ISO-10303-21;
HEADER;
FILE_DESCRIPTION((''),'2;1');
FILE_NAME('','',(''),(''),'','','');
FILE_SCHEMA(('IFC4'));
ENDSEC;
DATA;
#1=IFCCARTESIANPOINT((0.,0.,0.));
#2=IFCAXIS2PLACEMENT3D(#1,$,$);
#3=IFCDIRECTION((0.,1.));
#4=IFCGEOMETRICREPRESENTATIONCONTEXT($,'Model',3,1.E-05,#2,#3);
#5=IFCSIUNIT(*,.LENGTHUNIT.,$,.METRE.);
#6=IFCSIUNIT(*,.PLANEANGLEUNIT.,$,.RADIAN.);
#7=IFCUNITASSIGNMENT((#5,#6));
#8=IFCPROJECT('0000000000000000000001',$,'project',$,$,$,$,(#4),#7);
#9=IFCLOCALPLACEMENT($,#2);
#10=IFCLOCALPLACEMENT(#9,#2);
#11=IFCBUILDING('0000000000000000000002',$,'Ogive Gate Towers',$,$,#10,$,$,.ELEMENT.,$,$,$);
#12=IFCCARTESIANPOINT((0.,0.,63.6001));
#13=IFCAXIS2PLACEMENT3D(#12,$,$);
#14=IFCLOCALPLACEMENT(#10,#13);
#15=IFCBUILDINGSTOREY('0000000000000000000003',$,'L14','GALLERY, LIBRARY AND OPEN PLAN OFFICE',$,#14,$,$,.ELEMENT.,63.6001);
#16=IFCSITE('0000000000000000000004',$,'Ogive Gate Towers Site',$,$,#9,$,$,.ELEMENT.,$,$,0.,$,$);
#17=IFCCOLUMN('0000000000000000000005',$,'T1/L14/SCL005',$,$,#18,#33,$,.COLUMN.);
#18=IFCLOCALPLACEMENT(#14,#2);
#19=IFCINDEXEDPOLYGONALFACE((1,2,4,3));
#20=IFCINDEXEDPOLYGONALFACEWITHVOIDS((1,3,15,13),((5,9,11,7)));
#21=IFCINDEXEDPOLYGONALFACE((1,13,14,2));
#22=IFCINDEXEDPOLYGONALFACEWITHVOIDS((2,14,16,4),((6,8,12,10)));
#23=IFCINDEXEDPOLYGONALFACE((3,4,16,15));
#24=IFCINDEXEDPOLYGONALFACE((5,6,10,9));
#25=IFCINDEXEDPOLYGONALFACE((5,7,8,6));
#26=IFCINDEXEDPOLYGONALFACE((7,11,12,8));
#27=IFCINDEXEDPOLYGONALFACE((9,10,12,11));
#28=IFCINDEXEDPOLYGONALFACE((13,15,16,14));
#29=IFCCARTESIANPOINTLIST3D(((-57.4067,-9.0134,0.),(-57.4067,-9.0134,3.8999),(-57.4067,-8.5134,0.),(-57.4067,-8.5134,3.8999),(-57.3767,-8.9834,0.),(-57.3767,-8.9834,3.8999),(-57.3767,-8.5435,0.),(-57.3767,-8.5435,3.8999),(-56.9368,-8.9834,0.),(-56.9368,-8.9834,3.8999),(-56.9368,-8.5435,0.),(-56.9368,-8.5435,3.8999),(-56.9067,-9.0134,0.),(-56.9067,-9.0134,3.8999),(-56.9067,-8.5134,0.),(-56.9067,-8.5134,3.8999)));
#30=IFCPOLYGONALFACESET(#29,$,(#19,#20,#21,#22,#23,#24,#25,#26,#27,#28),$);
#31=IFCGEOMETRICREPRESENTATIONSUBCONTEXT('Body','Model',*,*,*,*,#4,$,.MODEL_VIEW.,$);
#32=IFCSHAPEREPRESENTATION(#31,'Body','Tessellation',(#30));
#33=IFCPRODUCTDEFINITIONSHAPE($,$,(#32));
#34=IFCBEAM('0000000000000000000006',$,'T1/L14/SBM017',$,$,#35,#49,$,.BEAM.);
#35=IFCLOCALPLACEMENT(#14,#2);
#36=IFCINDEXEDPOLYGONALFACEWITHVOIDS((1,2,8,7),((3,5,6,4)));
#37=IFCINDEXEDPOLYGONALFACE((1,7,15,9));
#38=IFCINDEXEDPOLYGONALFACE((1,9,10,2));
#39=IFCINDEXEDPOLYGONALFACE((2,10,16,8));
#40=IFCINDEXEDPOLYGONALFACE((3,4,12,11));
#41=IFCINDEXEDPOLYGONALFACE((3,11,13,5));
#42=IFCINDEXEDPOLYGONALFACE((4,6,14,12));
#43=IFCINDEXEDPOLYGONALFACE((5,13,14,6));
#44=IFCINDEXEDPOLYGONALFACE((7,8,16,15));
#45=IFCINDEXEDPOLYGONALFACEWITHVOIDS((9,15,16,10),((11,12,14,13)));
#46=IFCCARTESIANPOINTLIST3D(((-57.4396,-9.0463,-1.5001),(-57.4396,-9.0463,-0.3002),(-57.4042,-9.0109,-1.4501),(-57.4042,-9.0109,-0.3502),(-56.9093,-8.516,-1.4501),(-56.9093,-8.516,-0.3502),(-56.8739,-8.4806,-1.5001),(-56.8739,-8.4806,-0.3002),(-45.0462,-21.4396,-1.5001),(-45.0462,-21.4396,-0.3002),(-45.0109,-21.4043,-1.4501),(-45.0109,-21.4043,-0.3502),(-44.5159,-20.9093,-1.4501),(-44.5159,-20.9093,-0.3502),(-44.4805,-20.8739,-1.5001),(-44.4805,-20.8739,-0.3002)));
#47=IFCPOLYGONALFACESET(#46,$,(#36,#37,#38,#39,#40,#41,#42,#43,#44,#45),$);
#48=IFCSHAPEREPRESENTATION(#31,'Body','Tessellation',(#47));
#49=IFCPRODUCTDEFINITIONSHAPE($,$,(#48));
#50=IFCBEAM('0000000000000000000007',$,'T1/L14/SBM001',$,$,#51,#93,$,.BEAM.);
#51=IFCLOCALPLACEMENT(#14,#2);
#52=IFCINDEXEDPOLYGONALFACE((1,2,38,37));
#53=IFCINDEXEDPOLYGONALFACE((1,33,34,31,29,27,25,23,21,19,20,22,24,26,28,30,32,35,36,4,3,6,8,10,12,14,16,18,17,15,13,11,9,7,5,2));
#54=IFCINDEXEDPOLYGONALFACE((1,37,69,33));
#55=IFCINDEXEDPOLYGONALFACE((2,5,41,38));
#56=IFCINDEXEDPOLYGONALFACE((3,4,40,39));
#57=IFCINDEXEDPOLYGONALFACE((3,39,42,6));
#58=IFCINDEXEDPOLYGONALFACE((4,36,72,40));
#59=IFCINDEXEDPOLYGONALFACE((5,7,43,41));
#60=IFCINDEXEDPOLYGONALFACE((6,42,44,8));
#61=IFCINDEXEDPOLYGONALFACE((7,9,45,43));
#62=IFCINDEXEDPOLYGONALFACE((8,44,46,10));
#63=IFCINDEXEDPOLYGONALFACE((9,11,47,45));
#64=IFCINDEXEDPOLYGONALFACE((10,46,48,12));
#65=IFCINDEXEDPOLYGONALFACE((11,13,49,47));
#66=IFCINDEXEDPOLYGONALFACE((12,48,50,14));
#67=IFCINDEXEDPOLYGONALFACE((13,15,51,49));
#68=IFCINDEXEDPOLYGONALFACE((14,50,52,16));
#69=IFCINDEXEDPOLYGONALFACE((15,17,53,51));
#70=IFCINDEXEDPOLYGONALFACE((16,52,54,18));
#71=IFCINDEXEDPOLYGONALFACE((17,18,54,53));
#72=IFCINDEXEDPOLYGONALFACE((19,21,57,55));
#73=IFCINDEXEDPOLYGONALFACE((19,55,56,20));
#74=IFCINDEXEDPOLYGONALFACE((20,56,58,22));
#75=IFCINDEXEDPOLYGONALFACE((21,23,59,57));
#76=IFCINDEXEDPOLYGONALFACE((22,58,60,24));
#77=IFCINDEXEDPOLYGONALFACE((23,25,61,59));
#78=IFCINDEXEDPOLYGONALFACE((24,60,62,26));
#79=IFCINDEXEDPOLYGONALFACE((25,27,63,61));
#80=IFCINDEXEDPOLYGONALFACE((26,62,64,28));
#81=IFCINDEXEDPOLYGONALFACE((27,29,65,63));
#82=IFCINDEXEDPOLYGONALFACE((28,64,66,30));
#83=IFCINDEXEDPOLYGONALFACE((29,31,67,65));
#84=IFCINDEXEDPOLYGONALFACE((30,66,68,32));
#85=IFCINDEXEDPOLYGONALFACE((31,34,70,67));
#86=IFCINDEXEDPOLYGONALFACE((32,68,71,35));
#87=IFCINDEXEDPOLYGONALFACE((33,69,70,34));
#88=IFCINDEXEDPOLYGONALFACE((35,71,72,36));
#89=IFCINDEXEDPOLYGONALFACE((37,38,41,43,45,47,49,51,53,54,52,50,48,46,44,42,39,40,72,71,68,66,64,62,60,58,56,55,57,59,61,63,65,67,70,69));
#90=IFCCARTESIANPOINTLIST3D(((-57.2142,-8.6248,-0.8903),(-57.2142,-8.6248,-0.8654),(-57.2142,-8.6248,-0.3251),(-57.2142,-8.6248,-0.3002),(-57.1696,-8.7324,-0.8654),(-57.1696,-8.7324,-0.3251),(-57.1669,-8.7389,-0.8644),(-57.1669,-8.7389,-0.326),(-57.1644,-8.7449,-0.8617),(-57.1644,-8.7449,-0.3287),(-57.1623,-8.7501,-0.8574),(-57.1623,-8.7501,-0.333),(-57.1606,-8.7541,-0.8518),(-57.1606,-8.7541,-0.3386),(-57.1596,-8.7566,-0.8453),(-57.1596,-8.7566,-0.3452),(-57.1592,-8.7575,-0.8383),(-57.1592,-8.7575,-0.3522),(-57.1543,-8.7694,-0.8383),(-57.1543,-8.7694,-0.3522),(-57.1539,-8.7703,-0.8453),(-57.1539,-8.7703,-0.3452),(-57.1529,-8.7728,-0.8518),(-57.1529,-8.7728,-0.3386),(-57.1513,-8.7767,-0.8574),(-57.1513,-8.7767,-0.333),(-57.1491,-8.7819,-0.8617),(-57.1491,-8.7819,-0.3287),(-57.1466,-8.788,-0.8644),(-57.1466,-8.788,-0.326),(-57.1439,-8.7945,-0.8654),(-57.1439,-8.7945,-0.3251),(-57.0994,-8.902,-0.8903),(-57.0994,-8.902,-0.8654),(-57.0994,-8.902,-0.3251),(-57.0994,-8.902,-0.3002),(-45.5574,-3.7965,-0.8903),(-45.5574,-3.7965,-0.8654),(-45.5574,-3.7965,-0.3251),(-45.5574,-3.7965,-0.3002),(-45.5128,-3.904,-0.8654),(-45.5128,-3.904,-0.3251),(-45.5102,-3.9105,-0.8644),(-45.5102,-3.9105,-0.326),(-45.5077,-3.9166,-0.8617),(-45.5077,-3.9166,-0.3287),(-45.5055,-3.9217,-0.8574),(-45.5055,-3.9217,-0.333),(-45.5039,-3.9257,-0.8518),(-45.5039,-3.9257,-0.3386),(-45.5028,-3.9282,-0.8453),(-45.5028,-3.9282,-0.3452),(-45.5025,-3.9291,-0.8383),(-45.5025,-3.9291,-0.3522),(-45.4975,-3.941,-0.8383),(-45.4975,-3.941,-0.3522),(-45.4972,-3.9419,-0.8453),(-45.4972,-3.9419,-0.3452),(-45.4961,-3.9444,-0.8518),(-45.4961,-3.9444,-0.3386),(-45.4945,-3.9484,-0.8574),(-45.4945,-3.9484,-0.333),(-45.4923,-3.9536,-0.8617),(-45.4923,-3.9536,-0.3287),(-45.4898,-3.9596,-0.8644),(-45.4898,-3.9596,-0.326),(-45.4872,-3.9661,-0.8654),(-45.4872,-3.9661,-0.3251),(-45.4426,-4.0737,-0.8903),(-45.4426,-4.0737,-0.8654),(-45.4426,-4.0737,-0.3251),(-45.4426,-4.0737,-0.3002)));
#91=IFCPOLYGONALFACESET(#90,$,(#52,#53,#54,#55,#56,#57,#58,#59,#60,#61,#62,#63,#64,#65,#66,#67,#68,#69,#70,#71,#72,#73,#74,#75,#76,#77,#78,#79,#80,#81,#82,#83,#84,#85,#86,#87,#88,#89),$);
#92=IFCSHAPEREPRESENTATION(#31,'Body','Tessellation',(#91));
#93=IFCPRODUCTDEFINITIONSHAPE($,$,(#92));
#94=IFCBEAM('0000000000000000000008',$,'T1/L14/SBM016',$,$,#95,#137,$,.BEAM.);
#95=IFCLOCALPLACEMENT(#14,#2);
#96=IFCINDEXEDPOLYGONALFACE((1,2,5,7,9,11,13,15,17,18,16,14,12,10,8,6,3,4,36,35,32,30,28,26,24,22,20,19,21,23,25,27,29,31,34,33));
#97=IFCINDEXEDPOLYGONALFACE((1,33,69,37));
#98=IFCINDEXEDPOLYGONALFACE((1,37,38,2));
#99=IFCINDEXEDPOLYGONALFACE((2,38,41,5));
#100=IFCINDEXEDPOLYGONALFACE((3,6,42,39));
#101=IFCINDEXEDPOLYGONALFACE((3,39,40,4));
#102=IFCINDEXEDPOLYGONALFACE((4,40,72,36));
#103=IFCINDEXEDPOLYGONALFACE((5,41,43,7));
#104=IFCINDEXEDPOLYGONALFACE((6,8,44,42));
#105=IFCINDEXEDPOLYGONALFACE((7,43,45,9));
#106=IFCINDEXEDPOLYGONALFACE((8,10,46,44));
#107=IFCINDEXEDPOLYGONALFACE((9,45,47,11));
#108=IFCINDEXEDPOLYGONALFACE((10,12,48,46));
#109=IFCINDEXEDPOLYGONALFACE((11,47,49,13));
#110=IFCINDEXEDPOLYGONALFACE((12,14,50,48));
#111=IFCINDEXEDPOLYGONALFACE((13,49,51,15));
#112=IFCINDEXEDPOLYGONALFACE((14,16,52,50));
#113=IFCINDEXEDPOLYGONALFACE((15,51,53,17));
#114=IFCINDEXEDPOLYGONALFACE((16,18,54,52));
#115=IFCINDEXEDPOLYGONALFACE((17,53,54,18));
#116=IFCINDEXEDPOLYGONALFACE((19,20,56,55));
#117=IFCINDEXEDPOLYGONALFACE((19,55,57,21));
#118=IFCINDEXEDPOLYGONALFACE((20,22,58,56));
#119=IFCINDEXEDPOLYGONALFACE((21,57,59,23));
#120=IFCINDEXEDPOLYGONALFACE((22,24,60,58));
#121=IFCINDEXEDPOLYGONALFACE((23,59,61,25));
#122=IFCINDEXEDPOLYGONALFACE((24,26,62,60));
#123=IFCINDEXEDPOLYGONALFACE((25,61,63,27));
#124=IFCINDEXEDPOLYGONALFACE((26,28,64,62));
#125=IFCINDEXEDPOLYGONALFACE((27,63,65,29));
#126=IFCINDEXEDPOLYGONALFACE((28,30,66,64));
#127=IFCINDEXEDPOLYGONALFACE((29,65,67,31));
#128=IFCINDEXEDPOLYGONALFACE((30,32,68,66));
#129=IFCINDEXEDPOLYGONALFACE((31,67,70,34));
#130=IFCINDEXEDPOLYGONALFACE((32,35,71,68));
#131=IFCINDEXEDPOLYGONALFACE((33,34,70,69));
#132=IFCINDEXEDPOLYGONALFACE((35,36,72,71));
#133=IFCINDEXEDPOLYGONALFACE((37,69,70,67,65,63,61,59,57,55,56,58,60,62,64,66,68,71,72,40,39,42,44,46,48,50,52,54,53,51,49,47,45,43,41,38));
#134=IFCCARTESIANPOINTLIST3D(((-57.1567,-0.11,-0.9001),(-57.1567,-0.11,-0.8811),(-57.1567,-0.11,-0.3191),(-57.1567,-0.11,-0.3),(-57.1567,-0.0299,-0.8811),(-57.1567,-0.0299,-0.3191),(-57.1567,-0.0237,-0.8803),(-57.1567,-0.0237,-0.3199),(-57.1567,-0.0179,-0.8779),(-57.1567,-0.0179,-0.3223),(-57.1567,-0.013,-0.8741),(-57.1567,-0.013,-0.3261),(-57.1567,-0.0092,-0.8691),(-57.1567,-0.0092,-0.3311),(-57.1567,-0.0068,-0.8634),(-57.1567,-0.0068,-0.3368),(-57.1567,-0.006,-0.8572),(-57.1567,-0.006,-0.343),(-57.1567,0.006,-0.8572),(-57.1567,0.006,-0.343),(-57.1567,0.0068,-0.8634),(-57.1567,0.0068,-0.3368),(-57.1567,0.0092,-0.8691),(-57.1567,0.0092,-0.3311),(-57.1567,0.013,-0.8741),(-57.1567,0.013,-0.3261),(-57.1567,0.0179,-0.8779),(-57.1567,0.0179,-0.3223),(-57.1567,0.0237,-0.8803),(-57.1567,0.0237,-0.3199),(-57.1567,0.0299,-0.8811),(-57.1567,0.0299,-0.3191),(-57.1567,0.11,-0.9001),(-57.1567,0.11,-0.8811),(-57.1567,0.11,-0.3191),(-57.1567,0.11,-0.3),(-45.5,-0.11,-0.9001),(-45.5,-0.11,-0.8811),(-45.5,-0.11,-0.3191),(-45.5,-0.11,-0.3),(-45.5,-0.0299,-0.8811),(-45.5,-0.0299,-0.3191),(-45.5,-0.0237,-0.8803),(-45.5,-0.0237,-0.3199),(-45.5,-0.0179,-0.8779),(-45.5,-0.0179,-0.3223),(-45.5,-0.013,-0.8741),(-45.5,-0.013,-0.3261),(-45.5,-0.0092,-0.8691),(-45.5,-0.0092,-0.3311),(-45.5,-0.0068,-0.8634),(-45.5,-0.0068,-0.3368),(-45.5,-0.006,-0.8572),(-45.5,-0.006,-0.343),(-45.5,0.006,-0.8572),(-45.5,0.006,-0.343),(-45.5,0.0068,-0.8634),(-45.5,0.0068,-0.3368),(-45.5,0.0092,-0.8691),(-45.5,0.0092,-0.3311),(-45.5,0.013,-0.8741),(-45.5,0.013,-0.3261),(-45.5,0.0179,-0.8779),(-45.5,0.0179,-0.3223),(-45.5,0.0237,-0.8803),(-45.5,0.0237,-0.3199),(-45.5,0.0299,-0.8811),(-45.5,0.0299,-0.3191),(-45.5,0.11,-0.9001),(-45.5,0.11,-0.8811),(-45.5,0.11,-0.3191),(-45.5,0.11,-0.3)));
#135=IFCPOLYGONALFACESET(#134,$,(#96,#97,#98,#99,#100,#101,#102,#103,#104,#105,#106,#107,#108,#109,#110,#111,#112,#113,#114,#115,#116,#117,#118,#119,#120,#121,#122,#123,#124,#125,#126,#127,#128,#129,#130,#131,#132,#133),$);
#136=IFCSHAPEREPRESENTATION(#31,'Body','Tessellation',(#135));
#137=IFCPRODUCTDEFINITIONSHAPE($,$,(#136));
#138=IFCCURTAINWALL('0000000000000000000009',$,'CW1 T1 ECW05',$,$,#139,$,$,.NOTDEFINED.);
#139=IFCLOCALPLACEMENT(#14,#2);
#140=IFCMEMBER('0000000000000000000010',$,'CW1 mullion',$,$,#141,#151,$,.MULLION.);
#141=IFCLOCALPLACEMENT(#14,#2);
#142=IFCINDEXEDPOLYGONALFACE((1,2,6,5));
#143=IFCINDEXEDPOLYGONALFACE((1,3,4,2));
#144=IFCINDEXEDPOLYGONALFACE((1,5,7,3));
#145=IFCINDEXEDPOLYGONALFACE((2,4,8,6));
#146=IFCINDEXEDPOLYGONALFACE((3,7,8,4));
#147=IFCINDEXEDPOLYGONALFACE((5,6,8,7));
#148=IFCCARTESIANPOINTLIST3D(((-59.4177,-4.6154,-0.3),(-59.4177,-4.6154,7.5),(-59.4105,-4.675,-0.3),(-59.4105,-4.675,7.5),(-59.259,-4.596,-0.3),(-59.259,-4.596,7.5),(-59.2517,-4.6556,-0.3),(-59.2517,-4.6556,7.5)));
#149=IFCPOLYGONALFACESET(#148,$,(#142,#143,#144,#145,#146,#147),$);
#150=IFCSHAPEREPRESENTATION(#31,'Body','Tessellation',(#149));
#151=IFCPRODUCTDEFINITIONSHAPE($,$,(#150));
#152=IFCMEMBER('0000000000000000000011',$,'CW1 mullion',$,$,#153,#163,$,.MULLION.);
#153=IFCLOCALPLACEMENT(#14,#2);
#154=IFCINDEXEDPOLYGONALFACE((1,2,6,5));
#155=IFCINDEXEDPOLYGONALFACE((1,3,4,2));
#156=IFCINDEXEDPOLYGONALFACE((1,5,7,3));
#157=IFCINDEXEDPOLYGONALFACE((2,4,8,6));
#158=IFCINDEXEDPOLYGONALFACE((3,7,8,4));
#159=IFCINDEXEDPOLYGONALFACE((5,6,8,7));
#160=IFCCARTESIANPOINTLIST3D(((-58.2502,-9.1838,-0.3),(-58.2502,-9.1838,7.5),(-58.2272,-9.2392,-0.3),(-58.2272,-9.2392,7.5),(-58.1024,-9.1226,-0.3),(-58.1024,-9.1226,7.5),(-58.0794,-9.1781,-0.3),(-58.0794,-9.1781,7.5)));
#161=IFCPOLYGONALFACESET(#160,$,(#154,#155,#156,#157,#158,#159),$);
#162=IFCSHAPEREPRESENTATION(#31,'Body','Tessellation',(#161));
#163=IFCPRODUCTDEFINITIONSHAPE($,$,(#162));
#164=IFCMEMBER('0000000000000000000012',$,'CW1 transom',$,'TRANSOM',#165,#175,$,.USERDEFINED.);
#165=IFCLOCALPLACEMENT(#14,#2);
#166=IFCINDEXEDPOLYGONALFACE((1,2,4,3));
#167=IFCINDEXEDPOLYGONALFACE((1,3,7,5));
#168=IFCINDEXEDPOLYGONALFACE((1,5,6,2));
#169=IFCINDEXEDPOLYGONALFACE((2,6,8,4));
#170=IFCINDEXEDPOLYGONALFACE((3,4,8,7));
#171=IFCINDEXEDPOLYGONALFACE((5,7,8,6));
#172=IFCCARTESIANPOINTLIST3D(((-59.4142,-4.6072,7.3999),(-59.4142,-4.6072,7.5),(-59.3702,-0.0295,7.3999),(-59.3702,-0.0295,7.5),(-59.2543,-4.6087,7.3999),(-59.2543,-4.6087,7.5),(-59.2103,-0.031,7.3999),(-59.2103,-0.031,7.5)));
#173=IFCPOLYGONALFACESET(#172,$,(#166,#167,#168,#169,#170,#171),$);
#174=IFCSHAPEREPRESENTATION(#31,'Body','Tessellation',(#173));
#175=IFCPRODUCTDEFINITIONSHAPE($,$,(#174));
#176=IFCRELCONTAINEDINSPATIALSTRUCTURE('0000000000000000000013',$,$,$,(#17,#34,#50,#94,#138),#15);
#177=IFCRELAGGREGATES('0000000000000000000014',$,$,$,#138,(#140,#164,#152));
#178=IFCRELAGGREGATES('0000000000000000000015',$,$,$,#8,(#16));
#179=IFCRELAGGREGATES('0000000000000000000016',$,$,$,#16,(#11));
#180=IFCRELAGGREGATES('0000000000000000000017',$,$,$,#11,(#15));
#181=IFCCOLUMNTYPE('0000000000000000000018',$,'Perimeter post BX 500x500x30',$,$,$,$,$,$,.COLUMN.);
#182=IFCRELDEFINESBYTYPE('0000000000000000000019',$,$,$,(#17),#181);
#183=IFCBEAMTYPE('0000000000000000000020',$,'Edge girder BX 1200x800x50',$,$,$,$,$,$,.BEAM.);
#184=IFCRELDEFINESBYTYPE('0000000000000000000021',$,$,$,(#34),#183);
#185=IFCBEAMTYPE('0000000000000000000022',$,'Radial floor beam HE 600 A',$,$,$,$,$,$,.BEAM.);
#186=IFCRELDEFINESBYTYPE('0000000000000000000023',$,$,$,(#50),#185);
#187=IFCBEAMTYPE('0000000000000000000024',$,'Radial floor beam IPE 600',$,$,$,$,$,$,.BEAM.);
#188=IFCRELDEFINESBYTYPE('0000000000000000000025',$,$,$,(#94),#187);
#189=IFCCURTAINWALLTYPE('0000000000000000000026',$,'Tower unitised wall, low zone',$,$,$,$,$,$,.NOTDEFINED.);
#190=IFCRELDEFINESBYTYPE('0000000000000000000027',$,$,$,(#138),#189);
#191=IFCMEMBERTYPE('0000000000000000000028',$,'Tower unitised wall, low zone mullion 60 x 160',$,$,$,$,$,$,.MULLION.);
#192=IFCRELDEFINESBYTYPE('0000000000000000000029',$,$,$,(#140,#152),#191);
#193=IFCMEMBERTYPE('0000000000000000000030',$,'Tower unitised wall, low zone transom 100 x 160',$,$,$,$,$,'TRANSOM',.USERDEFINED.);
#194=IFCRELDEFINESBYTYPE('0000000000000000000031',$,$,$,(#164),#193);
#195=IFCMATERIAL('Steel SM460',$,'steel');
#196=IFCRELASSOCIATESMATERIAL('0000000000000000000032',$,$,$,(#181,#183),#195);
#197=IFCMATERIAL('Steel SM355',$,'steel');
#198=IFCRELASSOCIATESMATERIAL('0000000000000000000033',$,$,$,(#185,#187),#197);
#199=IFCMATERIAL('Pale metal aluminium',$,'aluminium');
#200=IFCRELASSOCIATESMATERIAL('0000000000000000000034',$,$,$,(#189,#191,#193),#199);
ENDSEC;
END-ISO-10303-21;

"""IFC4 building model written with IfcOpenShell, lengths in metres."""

from ifc_helpers import new_model, si_unit, direction, frame, origin, origin_2d, place, context, subcontext, project, spatial, rectangle, hollow_rectangle, i_section, extrude, material, material_profile, profile_set, type_object, element, aggregate, save


model = new_model("IFC4")

# Units and contexts
model_context = context("Model", 3, precision=1e-05, world=origin(), true_north=direction((0.0, 1.0)))
body_context = subcontext(model_context, "Body", "Model", "MODEL_VIEW")
ifc_project = project(units=[si_unit("LENGTHUNIT", "METRE"), si_unit("PLANEANGLEUNIT", "RADIAN")], contexts=[model_context])

# Site, building, storey
site_placement = place(None, origin())
site = spatial("IfcSite", under=ifc_project, at=site_placement, Name="Ogive Gate Towers Site", CompositionType="ELEMENT", RefElevation=0.0)
building_placement = place(site_placement, origin())
building = spatial("IfcBuilding", under=site, at=building_placement, Name="Ogive Gate Towers", CompositionType="ELEMENT")
storey_placement = place(building_placement, frame((0.0, 0.0, 63.6001)))
storey = spatial("IfcBuildingStorey", under=building, at=storey_placement, Name="L14", Description="GALLERY, LIBRARY AND OPEN PLAN OFFICE", CompositionType="ELEMENT", Elevation=63.6001)

# Column
ifc_material_1 = material(Name="Steel SM460", Category="steel")
ifc_material_profile_1 = material_profile(ifc_material_1, hollow_rectangle(XDim=0.5, YDim=0.5, WallThickness=0.03, at=origin_2d()), Name="BX 500x500x30")
ifc_profile_set_1 = profile_set([ifc_material_profile_1], Name="Steel SM460")
column_type = type_object("IfcColumnType", Name="Perimeter post BX 500x500x30", PredefinedType="COLUMN", material=ifc_profile_set_1)
column_placement = place(storey_placement, frame((-57.1567, -8.7634, 0.0), z_axis=(0.0, 0.0, 1.0), x_axis=(1.0, 0.0, 0.0)))
element("IfcColumn", 1, at=column_placement, inside=storey, type_object=column_type, Name="T1/L14/SCL005", PredefinedType="COLUMN", context=body_context, shape_type="SweptSolid", body=[
    extrude(hollow_rectangle(XDim=0.5, YDim=0.5, WallThickness=0.03, at=origin_2d()), origin(), (0.0, 0.0, 1.0), 3.8999),
])

# Beams
ifc_material_profile_2 = material_profile(ifc_material_1, hollow_rectangle(XDim=0.8, YDim=1.2, WallThickness=0.05, at=origin_2d()), Name="BX 1200x800x50")
ifc_profile_set_2 = profile_set([ifc_material_profile_2], Name="Steel SM460")
beam_type_1 = type_object("IfcBeamType", Name="Edge girder BX 1200x800x50", PredefinedType="BEAM", material=ifc_profile_set_2)
beam_1_placement = place(storey_placement, frame((-57.1567, -8.7634, -0.9001), z_axis=(0.707107, -0.707107, 0.0), x_axis=(0.707107, 0.707107, 0.0)))
element("IfcBeam", 2, at=beam_1_placement, inside=storey, type_object=beam_type_1, Name="T1/L14/SBM017", PredefinedType="BEAM", context=body_context, shape_type="SweptSolid", body=[
    extrude(hollow_rectangle(XDim=0.8, YDim=1.2, WallThickness=0.05, at=origin_2d()), origin(), (0.0, 0.0, 1.0), 17.5269),
])
ifc_material_2 = material(Name="Steel SM355", Category="steel")
ifc_material_profile_3 = material_profile(ifc_material_2, i_section(OverallWidth=0.3, OverallDepth=0.5901, WebThickness=0.0129, FlangeThickness=0.0249, FilletRadius=0.0271, at=origin_2d()), Name="HE 600 A")
ifc_profile_set_3 = profile_set([ifc_material_profile_3], Name="Steel SM355")
beam_type_2 = type_object("IfcBeamType", Name="Radial floor beam HE 600 A", PredefinedType="BEAM", material=ifc_profile_set_3)
beam_2_placement = place(storey_placement, frame((-45.5, -3.9351, -0.5952), z_axis=(-0.92388, -0.382683, 0.0), x_axis=(0.382683, -0.92388, 0.0)))
element("IfcBeam", 3, at=beam_2_placement, inside=storey, type_object=beam_type_2, Name="T1/L14/SBM001", PredefinedType="BEAM", context=body_context, shape_type="SweptSolid", body=[
    extrude(i_section(OverallWidth=0.3, OverallDepth=0.5901, WebThickness=0.0129, FlangeThickness=0.0249, FilletRadius=0.0271, at=origin_2d()), origin(), (0.0, 0.0, 1.0), 12.6172),
])
ifc_material_profile_4 = material_profile(ifc_material_2, i_section(OverallWidth=0.22, OverallDepth=0.6001, WebThickness=0.012, FlangeThickness=0.019, FilletRadius=0.0239, at=origin_2d()), Name="IPE 600")
ifc_profile_set_4 = profile_set([ifc_material_profile_4], Name="Steel SM355")
beam_type_3 = type_object("IfcBeamType", Name="Radial floor beam IPE 600", PredefinedType="BEAM", material=ifc_profile_set_4)
beam_3_placement = place(storey_placement, frame((-45.5, 0.0, -0.6001), z_axis=(-1.0, 0.0, 0.0), x_axis=(0.0, -1.0, 0.0)))
element("IfcBeam", 4, at=beam_3_placement, inside=storey, type_object=beam_type_3, Name="T1/L14/SBM016", PredefinedType="BEAM", context=body_context, shape_type="SweptSolid", body=[
    extrude(i_section(OverallWidth=0.22, OverallDepth=0.6001, WebThickness=0.012, FlangeThickness=0.019, FilletRadius=0.0239, at=origin_2d()), origin(), (0.0, 0.0, 1.0), 11.6567),
])

# Curtain wall, members
ifc_material_3 = material(Name="Pale metal aluminium", Category="aluminium")
curtain_wall_type = type_object("IfcCurtainWallType", Name="Tower unitised wall, low zone", PredefinedType="NOTDEFINED", material=ifc_material_3)
curtain_wall_placement = place(storey_placement, origin())
curtain_wall = element("IfcCurtainWall", 5, at=curtain_wall_placement, inside=storey, type_object=curtain_wall_type, Name="CW1 T1 ECW05", PredefinedType="NOTDEFINED")
ifc_material_profile_5 = material_profile(ifc_material_3, rectangle(XDim=0.1599, YDim=0.0601, at=origin_2d()), Name="60 x 160 aluminium box")
ifc_profile_set_5 = profile_set([ifc_material_profile_5], Name="Pale metal aluminium")
member_type_1 = type_object("IfcMemberType", Name="Tower unitised wall, low zone mullion 60 x 160", PredefinedType="MULLION", material=ifc_profile_set_5)
member_1_placement = place(storey_placement, frame((-59.3347, -4.6355, -0.3), z_axis=(0.0, 0.0, 1.0), x_axis=(-0.992671, -0.120847, 0.0)))
member_1 = element("IfcMember", 6, at=member_1_placement, type_object=member_type_1, Name="CW1 mullion", PredefinedType="MULLION", context=body_context, shape_type="SweptSolid", body=[
    extrude(rectangle(XDim=0.1599, YDim=0.0601, at=origin_2d()), origin(), (0.0, 0.0, 1.0), 7.8),
])
member_2_placement = place(storey_placement, frame((-58.1648, -9.1809, -0.3), z_axis=(0.0, 0.0, 1.0), x_axis=(-0.92388, -0.382683, 0.0)))
member_2 = element("IfcMember", 7, at=member_2_placement, type_object=member_type_1, Name="CW1 mullion", PredefinedType="MULLION", context=body_context, shape_type="SweptSolid", body=[
    extrude(rectangle(XDim=0.1599, YDim=0.0601, at=origin_2d()), origin(), (0.0, 0.0, 1.0), 7.8),
])
ifc_material_profile_6 = material_profile(ifc_material_3, rectangle(XDim=0.1599, YDim=0.1001, at=origin_2d()), Name="100 x 160 aluminium box")
ifc_profile_set_6 = profile_set([ifc_material_profile_6], Name="Pale metal aluminium")
member_type_2 = type_object("IfcMemberType", Name="Tower unitised wall, low zone transom 100 x 160", ElementType="TRANSOM", PredefinedType="USERDEFINED", material=ifc_profile_set_6)
member_3_placement = place(storey_placement, frame((-59.2903, -0.0303, 7.45), z_axis=(-0.0096, -0.999954, 0.0), x_axis=(0.999954, -0.0096, 0.0)))
member_3 = element("IfcMember", 8, at=member_3_placement, type_object=member_type_2, Name="CW1 transom", ObjectType="TRANSOM", PredefinedType="USERDEFINED", context=body_context, shape_type="SweptSolid", body=[
    extrude(rectangle(XDim=0.1599, YDim=0.1001, at=origin_2d()), origin(), (0.0, 0.0, 1.0), 4.5779),
])
aggregate(curtain_wall, [member_1, member_3, member_2])

save(model, "model.ifc")
